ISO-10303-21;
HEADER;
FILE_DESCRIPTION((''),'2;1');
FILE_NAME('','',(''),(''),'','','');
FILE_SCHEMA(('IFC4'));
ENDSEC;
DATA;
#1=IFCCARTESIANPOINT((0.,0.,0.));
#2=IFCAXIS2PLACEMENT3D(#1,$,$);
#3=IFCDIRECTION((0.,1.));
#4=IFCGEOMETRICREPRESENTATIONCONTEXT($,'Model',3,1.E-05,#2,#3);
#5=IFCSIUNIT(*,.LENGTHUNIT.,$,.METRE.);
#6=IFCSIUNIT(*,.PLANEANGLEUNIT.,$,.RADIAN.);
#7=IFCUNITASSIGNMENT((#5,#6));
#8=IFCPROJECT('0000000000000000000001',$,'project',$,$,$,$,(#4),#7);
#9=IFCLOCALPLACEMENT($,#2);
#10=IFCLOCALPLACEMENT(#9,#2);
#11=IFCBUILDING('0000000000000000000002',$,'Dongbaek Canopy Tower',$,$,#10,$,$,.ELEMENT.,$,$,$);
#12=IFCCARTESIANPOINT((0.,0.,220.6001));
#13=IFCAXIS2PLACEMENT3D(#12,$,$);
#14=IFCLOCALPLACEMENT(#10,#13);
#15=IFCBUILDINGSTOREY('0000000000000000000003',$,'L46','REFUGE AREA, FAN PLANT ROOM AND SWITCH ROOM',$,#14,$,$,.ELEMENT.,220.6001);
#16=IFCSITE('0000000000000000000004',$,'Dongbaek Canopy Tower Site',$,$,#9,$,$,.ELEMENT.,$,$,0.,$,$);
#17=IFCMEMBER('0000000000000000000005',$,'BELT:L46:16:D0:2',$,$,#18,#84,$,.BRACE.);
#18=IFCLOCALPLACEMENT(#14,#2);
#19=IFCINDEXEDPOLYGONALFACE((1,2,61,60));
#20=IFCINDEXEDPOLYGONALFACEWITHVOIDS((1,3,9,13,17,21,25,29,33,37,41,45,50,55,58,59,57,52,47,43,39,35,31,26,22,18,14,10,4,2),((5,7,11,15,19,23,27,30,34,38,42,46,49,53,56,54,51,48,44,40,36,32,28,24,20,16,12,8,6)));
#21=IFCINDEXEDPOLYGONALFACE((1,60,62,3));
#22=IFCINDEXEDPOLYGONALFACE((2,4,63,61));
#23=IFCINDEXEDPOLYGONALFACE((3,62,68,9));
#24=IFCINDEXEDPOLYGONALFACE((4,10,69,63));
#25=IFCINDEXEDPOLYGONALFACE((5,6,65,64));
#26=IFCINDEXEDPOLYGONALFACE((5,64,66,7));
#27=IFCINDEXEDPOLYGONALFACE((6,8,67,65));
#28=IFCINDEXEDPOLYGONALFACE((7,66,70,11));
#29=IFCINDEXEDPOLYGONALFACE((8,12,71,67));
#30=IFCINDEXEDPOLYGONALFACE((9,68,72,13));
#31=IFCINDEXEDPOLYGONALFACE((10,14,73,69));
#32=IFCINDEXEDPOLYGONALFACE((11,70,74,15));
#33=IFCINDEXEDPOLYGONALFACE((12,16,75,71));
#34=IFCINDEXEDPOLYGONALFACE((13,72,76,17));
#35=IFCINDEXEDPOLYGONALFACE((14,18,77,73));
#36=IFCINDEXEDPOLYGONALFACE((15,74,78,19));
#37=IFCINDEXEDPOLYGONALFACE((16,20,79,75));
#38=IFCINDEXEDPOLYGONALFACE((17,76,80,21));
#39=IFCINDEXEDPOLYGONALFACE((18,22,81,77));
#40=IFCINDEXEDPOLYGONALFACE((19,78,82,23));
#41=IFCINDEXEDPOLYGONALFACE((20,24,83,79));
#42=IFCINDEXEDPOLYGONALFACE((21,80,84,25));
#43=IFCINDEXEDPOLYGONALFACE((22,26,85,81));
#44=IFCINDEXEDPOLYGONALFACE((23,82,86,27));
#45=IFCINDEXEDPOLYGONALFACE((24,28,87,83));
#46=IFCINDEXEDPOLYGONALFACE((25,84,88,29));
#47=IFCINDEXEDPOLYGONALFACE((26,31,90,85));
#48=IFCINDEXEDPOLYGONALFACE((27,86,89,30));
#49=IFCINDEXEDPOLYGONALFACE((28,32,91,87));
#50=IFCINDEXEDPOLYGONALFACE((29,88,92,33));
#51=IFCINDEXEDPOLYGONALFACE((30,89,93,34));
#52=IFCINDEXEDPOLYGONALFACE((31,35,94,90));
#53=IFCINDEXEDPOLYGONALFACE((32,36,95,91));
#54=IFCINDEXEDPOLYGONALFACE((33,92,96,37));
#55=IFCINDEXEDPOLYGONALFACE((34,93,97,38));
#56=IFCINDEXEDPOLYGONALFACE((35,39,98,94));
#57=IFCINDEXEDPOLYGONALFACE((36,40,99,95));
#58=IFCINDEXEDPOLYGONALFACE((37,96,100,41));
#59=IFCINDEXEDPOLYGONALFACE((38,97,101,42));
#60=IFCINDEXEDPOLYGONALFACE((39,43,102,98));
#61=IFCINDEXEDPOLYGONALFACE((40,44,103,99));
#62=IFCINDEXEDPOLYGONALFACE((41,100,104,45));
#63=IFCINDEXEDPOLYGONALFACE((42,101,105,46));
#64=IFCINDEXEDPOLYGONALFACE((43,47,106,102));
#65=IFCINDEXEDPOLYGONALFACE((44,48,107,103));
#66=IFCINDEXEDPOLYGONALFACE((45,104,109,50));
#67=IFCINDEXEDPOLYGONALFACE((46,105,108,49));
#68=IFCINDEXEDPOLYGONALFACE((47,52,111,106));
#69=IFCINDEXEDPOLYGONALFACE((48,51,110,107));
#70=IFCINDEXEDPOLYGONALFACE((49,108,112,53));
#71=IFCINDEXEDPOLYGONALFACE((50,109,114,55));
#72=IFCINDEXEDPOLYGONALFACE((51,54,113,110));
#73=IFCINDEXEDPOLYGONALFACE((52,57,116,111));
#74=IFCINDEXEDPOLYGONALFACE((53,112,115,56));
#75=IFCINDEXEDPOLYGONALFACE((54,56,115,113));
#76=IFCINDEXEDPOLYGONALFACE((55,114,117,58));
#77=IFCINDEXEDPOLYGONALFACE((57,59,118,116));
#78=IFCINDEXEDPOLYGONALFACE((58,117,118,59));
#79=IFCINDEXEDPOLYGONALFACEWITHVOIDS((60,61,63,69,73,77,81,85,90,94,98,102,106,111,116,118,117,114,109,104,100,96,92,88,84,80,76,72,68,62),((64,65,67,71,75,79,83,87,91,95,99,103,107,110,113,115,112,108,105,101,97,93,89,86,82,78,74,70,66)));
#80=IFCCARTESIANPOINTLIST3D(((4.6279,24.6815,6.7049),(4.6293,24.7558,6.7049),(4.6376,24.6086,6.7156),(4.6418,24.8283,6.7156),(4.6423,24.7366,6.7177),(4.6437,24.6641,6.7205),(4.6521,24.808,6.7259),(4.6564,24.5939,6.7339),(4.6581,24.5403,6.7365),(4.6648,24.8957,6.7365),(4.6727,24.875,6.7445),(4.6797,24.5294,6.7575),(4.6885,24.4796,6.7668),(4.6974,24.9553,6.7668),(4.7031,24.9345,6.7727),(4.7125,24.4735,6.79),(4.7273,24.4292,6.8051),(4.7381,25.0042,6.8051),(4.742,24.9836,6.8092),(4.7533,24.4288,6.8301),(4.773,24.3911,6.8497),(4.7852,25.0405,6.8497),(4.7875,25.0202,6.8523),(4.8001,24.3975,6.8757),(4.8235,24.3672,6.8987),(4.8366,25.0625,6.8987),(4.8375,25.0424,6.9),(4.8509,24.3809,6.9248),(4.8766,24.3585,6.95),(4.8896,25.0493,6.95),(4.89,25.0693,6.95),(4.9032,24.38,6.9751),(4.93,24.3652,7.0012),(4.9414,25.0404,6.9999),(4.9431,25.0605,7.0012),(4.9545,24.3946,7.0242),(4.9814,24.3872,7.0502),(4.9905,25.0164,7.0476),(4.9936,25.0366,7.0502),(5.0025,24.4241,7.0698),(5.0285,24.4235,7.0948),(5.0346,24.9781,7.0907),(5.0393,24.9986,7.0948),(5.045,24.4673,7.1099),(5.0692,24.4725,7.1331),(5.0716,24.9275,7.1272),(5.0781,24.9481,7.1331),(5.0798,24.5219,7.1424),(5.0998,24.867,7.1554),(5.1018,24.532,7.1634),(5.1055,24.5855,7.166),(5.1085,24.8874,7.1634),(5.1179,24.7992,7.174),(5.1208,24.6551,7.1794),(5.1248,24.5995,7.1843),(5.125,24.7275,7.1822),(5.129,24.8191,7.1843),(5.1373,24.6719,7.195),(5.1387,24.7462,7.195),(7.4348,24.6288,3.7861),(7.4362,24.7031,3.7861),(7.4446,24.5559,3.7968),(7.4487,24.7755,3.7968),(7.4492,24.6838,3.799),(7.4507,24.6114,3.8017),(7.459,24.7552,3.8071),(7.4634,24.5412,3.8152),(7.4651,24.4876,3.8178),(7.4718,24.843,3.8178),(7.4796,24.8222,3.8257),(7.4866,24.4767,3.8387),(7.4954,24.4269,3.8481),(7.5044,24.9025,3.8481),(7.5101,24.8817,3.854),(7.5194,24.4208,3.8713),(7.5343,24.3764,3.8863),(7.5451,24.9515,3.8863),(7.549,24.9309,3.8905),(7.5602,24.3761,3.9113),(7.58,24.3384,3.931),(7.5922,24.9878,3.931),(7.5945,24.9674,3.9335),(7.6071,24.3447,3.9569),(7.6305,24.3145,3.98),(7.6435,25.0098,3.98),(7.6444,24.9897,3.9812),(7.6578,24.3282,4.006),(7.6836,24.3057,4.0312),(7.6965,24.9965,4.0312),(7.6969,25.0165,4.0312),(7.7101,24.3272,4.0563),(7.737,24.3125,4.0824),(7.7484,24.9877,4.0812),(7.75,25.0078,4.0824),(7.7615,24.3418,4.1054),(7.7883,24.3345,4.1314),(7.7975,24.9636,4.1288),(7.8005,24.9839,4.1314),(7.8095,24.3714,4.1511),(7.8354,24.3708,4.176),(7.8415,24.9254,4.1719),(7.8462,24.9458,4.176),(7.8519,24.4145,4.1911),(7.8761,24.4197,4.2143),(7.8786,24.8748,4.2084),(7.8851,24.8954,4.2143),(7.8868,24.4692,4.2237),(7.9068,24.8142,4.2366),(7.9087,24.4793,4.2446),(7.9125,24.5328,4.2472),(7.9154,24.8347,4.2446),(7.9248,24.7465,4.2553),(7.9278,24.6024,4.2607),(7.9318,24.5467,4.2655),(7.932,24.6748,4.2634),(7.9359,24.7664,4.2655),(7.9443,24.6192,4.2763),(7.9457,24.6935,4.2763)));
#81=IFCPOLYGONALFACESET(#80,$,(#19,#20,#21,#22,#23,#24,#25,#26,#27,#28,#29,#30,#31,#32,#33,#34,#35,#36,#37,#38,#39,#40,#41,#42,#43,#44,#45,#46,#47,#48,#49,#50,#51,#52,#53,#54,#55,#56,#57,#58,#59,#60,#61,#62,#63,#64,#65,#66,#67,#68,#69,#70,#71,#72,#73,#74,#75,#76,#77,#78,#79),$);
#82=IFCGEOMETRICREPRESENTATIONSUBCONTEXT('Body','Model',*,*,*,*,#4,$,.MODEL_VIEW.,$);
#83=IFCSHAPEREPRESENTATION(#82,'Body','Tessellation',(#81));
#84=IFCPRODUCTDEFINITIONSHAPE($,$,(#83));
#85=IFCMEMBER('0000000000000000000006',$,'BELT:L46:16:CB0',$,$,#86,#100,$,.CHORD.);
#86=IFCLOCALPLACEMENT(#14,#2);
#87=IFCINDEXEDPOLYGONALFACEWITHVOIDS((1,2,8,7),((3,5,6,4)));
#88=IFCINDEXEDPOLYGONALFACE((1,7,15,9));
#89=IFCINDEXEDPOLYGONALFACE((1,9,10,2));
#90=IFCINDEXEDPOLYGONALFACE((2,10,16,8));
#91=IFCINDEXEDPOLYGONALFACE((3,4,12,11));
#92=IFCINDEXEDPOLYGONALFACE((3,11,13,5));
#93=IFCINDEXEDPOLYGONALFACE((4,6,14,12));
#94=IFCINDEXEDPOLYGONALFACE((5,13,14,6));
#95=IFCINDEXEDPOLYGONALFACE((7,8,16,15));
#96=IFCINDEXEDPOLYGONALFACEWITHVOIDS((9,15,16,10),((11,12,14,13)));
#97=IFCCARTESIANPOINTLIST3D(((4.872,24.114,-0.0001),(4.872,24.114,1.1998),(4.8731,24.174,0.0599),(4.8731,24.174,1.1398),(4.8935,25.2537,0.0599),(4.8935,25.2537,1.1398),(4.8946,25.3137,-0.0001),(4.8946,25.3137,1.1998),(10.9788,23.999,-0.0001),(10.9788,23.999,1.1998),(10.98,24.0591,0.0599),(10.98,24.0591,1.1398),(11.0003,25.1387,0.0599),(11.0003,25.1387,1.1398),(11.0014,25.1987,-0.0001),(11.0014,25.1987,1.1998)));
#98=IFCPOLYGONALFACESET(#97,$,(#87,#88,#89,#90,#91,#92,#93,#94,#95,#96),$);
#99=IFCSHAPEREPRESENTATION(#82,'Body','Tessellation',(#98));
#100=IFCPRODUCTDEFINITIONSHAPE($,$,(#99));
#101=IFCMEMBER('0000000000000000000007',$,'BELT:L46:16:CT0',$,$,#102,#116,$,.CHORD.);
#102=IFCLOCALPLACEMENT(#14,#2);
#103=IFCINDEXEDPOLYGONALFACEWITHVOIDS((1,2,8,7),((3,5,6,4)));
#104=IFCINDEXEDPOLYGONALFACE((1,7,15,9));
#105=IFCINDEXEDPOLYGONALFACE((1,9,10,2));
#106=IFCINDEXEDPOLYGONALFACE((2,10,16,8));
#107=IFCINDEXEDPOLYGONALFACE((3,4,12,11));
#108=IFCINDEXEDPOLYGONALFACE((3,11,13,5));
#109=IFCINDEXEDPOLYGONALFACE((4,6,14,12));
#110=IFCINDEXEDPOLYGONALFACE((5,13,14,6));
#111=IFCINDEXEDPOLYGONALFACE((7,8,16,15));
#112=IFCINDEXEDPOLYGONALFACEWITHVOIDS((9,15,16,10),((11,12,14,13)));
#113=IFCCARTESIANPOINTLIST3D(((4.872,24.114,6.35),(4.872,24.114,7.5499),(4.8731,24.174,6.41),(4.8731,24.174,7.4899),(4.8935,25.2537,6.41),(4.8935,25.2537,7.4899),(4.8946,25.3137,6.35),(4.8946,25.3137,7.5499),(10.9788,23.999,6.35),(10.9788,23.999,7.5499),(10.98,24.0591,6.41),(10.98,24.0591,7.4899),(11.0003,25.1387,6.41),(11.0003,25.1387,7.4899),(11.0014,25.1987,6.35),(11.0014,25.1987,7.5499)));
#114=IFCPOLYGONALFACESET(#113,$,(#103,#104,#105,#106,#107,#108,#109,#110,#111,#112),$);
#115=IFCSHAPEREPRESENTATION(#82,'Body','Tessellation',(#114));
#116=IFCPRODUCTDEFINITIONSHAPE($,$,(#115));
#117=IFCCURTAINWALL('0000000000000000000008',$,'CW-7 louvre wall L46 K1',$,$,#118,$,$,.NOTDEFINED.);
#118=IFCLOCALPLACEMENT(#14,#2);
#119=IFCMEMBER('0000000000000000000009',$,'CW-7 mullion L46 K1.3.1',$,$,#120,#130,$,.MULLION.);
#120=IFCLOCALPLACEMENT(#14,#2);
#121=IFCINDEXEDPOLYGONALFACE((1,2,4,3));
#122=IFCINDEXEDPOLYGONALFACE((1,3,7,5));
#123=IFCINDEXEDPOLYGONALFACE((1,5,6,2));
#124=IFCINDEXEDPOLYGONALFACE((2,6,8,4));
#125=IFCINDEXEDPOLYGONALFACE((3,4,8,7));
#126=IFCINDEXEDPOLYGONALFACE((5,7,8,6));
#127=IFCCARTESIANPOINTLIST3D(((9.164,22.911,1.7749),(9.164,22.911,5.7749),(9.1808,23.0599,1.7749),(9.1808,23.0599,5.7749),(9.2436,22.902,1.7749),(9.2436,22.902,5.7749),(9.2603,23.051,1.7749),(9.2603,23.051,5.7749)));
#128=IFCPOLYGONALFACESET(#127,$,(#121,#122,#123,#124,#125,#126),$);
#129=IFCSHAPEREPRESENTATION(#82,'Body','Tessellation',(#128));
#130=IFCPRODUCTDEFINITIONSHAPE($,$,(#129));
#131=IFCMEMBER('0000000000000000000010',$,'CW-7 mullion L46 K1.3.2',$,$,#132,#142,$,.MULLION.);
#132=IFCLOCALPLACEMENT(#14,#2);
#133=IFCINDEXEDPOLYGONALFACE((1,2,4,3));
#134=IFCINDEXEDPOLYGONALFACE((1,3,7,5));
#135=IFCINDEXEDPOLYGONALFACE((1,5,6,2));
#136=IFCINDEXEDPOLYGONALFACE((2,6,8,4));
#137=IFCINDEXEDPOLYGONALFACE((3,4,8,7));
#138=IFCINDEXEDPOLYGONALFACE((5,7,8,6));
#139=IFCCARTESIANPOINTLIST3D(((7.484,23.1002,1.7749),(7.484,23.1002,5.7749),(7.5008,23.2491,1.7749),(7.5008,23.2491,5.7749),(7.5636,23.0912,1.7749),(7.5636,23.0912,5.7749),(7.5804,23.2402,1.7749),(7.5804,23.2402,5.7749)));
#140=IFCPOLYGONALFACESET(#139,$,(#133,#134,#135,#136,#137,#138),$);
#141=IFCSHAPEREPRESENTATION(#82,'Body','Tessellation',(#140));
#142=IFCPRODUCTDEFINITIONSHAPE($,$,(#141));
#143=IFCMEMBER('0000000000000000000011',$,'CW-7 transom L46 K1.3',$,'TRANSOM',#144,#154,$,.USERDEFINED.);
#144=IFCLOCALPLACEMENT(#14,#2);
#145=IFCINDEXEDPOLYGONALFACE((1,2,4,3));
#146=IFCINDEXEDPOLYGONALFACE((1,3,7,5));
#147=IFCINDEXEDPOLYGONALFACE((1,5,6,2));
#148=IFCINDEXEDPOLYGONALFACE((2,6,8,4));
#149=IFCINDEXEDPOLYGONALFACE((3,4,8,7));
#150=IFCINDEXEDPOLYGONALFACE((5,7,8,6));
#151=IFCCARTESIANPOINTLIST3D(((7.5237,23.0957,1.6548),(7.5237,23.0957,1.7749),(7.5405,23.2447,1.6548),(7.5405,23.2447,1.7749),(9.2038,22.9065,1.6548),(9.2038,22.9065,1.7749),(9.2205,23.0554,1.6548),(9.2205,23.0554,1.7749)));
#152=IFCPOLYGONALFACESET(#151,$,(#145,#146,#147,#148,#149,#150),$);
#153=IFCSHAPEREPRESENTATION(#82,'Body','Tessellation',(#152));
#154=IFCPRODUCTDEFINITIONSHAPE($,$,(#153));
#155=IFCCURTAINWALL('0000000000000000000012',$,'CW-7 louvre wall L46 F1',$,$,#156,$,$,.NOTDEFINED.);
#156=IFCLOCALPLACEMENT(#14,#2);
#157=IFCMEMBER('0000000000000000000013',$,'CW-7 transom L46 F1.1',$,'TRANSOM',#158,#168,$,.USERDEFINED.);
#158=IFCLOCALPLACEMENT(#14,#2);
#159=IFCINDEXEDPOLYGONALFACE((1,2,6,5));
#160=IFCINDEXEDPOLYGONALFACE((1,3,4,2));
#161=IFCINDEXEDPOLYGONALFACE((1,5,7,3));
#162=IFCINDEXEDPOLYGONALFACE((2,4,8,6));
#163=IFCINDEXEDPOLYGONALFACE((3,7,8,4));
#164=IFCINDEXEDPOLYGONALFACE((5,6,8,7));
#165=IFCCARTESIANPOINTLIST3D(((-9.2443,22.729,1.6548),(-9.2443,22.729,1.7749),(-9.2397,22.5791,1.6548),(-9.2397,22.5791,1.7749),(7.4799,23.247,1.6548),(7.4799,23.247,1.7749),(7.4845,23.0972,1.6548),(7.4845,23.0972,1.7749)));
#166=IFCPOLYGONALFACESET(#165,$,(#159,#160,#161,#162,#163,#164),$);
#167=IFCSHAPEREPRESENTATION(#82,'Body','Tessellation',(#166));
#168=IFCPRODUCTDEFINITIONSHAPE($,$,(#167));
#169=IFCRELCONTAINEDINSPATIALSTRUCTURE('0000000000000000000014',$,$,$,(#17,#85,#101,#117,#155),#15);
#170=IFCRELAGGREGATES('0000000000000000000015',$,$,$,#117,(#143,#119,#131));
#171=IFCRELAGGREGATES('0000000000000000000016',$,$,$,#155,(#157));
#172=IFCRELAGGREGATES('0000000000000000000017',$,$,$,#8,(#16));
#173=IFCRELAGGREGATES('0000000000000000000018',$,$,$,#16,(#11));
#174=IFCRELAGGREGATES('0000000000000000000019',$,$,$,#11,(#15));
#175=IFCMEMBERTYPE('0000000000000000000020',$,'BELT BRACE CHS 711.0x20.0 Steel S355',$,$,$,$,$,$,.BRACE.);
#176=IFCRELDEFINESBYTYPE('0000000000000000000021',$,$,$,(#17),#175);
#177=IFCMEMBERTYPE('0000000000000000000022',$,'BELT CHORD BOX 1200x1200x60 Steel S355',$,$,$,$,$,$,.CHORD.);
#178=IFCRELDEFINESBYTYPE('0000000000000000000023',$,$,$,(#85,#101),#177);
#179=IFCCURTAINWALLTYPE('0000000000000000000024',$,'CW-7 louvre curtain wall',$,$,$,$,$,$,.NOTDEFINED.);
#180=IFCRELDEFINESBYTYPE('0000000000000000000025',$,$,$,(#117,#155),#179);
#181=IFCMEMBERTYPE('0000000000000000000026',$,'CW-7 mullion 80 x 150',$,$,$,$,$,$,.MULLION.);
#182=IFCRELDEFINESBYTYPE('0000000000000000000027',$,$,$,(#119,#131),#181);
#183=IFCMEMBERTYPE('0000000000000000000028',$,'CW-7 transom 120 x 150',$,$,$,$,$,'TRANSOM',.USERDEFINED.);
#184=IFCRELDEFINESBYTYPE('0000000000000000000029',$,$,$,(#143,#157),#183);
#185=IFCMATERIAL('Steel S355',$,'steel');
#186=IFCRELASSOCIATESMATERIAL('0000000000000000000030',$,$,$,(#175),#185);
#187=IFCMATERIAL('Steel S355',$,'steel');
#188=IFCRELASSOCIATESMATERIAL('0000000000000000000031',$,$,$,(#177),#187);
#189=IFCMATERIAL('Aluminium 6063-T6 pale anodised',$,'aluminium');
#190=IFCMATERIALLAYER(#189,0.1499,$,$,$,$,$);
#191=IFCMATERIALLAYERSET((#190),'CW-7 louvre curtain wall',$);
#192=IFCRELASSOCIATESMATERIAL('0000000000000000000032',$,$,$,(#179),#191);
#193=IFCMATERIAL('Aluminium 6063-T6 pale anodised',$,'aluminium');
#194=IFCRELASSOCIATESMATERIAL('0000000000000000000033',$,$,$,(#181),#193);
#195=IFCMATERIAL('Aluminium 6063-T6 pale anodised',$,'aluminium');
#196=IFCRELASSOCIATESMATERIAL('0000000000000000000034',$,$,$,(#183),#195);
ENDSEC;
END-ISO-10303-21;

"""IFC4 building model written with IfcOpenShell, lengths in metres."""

from ifc_helpers import new_model, si_unit, direction, frame, origin, origin_2d, place, context, subcontext, project, spatial, rectangle, hollow_rectangle, hollow_circle, extrude, material, layer, layer_set, material_profile, profile_set, type_object, element, aggregate, save


model = new_model("IFC4")

# Units and contexts
model_context = context("Model", 3, precision=1e-05, world=origin(), true_north=direction((0.0, 1.0)))
body_context = subcontext(model_context, "Body", "Model", "MODEL_VIEW")
ifc_project = project(units=[si_unit("LENGTHUNIT", "METRE"), si_unit("PLANEANGLEUNIT", "RADIAN")], contexts=[model_context])

# Site, building, storey
site_placement = place(None, origin())
site = spatial("IfcSite", under=ifc_project, at=site_placement, Name="Dongbaek Canopy Tower Site", CompositionType="ELEMENT", RefElevation=0.0)
building_placement = place(site_placement, origin())
building = spatial("IfcBuilding", under=site, at=building_placement, Name="Dongbaek Canopy Tower", CompositionType="ELEMENT")
storey_placement = place(building_placement, frame((0.0, 0.0, 220.6001)))
storey = spatial("IfcBuildingStorey", under=building, at=storey_placement, Name="L46", Description="REFUGE AREA, FAN PLANT ROOM AND SWITCH ROOM", CompositionType="ELEMENT", Elevation=220.6001)

# Members
ifc_material_1 = material(Name="Steel S355", Category="steel")
ifc_material_profile_1 = material_profile(ifc_material_1, hollow_circle(Radius=0.3555, WallThickness=0.02, at=origin_2d()), Name="BELT BRACE CHS 711.0x20.0 Steel S355")
ifc_profile_set_1 = profile_set([ifc_material_profile_1], Name="Steel S355")
member_type_1 = type_object("IfcMemberType", Name="BELT BRACE CHS 711.0x20.0 Steel S355", PredefinedType="BRACE", material=ifc_profile_set_1)
member_1_placement = place(storey_placement, frame((4.8833, 24.7139, 6.95), z_axis=(0.693107, -0.013022, -0.720717), x_axis=(0.018784, 0.999824, 0.0)))
element("IfcMember", 1, at=member_1_placement, inside=storey, type_object=member_type_1, Name="BELT:L46:16:D0:2", PredefinedType="BRACE", context=body_context, shape_type="SweptSolid", body=[
    extrude(hollow_circle(Radius=0.3555, WallThickness=0.02, at=origin_2d()), origin(), (0.0, 0.0, 1.0), 4.0498),
])
ifc_material_2 = material(Name="Steel S355", Category="steel")
ifc_material_profile_2 = material_profile(ifc_material_2, hollow_rectangle(XDim=1.2, YDim=1.2, WallThickness=0.0601, at=origin_2d()), Name="BELT CHORD BOX 1200x1200x60 Steel S355")
ifc_profile_set_2 = profile_set([ifc_material_profile_2], Name="Steel S355")
member_type_2 = type_object("IfcMemberType", Name="BELT CHORD BOX 1200x1200x60 Steel S355", PredefinedType="CHORD", material=ifc_profile_set_2)
for number, where, z_axis, x_axis, name in (
    (2, (4.8833, 24.7139, 0.5999), (0.999823, -0.018826, 0.0), (0.018826, 0.999823, 0.0), "BELT:L46:16:CB0"),
    (3, (4.8833, 24.7139, 6.95), (0.999823, -0.018826, 0.0), (0.018826, 0.999823, 0.0), "BELT:L46:16:CT0"),
):
    element("IfcMember", number, at=place(storey_placement, frame(where, z_axis=z_axis, x_axis=x_axis)), inside=storey, type_object=member_type_2, Name=name, PredefinedType="CHORD", context=body_context, shape_type="SweptSolid", body=[
        extrude(hollow_rectangle(XDim=1.2, YDim=1.2, WallThickness=0.0601, at=origin_2d()), origin(), (0.0, 0.0, 1.0), 6.1079),
    ])

# Curtain wall, members
ifc_material_3 = material(Name="Aluminium 6063-T6 pale anodised", Category="aluminium")
ifc_layer_1 = layer(ifc_material_3, 0.1499)
ifc_layer_set_1 = layer_set([ifc_layer_1], Name="CW-7 louvre curtain wall")
curtain_wall_type = type_object("IfcCurtainWallType", Name="CW-7 louvre curtain wall", PredefinedType="NOTDEFINED", material=ifc_layer_set_1)
curtain_wall_1_placement = place(storey_placement, origin())
curtain_wall_1 = element("IfcCurtainWall", 4, at=curtain_wall_1_placement, inside=storey, type_object=curtain_wall_type, Name="CW-7 louvre wall L46 K1", PredefinedType="NOTDEFINED")
ifc_material_4 = material(Name="Aluminium 6063-T6 pale anodised", Category="aluminium")
ifc_material_profile_3 = material_profile(ifc_material_4, rectangle(XDim=0.1499, YDim=0.0801, at=origin_2d()), Name="CW-7 mullion 80 x 150")
ifc_profile_set_3 = profile_set([ifc_material_profile_3], Name="Aluminium 6063-T6 pale anodised")
member_type_3 = type_object("IfcMemberType", Name="CW-7 mullion 80 x 150", PredefinedType="MULLION", material=ifc_profile_set_3)
member_2_placement = place(storey_placement, frame((9.2122, 22.981, 1.7749), z_axis=(0.0, 0.0, 1.0), x_axis=(0.111947, 0.993714, 0.0)))
member_2 = element("IfcMember", 5, at=member_2_placement, type_object=member_type_3, Name="CW-7 mullion L46 K1.3.1", PredefinedType="MULLION", context=body_context, shape_type="SweptSolid", body=[
    extrude(rectangle(XDim=0.1499, YDim=0.0801, at=origin_2d()), origin(), (0.0, 0.0, 1.0), 4.0),
])
member_3_placement = place(storey_placement, frame((7.5322, 23.1702, 1.7749), z_axis=(0.0, 0.0, 1.0), x_axis=(0.111947, 0.993714, 0.0)))
member_3 = element("IfcMember", 6, at=member_3_placement, type_object=member_type_3, Name="CW-7 mullion L46 K1.3.2", PredefinedType="MULLION", context=body_context, shape_type="SweptSolid", body=[
    extrude(rectangle(XDim=0.1499, YDim=0.0801, at=origin_2d()), origin(), (0.0, 0.0, 1.0), 4.0),
])
ifc_material_5 = material(Name="Aluminium 6063-T6 pale anodised", Category="aluminium")
ifc_material_profile_4 = material_profile(ifc_material_5, rectangle(XDim=0.1499, YDim=0.1201, at=origin_2d()), Name="CW-7 transom 120 x 150")
ifc_profile_set_4 = profile_set([ifc_material_profile_4], Name="Aluminium 6063-T6 pale anodised")
member_type_4 = type_object("IfcMemberType", Name="CW-7 transom 120 x 150", ElementType="TRANSOM", PredefinedType="USERDEFINED", material=ifc_profile_set_4)
member_4_placement = place(storey_placement, frame((9.2122, 22.981, 1.7148), z_axis=(-0.993717, 0.111921, 0.0), x_axis=(-0.111921, -0.993717, 0.0)))
member_4 = element("IfcMember", 7, at=member_4_placement, type_object=member_type_4, Name="CW-7 transom L46 K1.3", ObjectType="TRANSOM", PredefinedType="USERDEFINED", context=body_context, shape_type="SweptSolid", body=[
    extrude(rectangle(XDim=0.1499, YDim=0.1201, at=origin_2d()), origin(), (0.0, 0.0, 1.0), 1.6907),
])

# Curtain wall, member
curtain_wall_2_placement = place(storey_placement, origin())
curtain_wall_2 = element("IfcCurtainWall", 8, at=curtain_wall_2_placement, inside=storey, type_object=curtain_wall_type, Name="CW-7 louvre wall L46 F1", PredefinedType="NOTDEFINED")
member_5_placement = place(storey_placement, frame((7.4822, 23.1721, 1.7148), z_axis=(-0.999521, -0.030962, 0.0), x_axis=(0.030962, -0.999521, 0.0)))
member_5 = element("IfcMember", 9, at=member_5_placement, type_object=member_type_4, Name="CW-7 transom L46 F1.1", ObjectType="TRANSOM", PredefinedType="USERDEFINED", context=body_context, shape_type="SweptSolid", body=[
    extrude(rectangle(XDim=0.1499, YDim=0.1201, at=origin_2d()), origin(), (0.0, 0.0, 1.0), 16.7322),
])

aggregate(curtain_wall_1, [member_4, member_2, member_3])
aggregate(curtain_wall_2, [member_5])

save(model, "model.ifc")
